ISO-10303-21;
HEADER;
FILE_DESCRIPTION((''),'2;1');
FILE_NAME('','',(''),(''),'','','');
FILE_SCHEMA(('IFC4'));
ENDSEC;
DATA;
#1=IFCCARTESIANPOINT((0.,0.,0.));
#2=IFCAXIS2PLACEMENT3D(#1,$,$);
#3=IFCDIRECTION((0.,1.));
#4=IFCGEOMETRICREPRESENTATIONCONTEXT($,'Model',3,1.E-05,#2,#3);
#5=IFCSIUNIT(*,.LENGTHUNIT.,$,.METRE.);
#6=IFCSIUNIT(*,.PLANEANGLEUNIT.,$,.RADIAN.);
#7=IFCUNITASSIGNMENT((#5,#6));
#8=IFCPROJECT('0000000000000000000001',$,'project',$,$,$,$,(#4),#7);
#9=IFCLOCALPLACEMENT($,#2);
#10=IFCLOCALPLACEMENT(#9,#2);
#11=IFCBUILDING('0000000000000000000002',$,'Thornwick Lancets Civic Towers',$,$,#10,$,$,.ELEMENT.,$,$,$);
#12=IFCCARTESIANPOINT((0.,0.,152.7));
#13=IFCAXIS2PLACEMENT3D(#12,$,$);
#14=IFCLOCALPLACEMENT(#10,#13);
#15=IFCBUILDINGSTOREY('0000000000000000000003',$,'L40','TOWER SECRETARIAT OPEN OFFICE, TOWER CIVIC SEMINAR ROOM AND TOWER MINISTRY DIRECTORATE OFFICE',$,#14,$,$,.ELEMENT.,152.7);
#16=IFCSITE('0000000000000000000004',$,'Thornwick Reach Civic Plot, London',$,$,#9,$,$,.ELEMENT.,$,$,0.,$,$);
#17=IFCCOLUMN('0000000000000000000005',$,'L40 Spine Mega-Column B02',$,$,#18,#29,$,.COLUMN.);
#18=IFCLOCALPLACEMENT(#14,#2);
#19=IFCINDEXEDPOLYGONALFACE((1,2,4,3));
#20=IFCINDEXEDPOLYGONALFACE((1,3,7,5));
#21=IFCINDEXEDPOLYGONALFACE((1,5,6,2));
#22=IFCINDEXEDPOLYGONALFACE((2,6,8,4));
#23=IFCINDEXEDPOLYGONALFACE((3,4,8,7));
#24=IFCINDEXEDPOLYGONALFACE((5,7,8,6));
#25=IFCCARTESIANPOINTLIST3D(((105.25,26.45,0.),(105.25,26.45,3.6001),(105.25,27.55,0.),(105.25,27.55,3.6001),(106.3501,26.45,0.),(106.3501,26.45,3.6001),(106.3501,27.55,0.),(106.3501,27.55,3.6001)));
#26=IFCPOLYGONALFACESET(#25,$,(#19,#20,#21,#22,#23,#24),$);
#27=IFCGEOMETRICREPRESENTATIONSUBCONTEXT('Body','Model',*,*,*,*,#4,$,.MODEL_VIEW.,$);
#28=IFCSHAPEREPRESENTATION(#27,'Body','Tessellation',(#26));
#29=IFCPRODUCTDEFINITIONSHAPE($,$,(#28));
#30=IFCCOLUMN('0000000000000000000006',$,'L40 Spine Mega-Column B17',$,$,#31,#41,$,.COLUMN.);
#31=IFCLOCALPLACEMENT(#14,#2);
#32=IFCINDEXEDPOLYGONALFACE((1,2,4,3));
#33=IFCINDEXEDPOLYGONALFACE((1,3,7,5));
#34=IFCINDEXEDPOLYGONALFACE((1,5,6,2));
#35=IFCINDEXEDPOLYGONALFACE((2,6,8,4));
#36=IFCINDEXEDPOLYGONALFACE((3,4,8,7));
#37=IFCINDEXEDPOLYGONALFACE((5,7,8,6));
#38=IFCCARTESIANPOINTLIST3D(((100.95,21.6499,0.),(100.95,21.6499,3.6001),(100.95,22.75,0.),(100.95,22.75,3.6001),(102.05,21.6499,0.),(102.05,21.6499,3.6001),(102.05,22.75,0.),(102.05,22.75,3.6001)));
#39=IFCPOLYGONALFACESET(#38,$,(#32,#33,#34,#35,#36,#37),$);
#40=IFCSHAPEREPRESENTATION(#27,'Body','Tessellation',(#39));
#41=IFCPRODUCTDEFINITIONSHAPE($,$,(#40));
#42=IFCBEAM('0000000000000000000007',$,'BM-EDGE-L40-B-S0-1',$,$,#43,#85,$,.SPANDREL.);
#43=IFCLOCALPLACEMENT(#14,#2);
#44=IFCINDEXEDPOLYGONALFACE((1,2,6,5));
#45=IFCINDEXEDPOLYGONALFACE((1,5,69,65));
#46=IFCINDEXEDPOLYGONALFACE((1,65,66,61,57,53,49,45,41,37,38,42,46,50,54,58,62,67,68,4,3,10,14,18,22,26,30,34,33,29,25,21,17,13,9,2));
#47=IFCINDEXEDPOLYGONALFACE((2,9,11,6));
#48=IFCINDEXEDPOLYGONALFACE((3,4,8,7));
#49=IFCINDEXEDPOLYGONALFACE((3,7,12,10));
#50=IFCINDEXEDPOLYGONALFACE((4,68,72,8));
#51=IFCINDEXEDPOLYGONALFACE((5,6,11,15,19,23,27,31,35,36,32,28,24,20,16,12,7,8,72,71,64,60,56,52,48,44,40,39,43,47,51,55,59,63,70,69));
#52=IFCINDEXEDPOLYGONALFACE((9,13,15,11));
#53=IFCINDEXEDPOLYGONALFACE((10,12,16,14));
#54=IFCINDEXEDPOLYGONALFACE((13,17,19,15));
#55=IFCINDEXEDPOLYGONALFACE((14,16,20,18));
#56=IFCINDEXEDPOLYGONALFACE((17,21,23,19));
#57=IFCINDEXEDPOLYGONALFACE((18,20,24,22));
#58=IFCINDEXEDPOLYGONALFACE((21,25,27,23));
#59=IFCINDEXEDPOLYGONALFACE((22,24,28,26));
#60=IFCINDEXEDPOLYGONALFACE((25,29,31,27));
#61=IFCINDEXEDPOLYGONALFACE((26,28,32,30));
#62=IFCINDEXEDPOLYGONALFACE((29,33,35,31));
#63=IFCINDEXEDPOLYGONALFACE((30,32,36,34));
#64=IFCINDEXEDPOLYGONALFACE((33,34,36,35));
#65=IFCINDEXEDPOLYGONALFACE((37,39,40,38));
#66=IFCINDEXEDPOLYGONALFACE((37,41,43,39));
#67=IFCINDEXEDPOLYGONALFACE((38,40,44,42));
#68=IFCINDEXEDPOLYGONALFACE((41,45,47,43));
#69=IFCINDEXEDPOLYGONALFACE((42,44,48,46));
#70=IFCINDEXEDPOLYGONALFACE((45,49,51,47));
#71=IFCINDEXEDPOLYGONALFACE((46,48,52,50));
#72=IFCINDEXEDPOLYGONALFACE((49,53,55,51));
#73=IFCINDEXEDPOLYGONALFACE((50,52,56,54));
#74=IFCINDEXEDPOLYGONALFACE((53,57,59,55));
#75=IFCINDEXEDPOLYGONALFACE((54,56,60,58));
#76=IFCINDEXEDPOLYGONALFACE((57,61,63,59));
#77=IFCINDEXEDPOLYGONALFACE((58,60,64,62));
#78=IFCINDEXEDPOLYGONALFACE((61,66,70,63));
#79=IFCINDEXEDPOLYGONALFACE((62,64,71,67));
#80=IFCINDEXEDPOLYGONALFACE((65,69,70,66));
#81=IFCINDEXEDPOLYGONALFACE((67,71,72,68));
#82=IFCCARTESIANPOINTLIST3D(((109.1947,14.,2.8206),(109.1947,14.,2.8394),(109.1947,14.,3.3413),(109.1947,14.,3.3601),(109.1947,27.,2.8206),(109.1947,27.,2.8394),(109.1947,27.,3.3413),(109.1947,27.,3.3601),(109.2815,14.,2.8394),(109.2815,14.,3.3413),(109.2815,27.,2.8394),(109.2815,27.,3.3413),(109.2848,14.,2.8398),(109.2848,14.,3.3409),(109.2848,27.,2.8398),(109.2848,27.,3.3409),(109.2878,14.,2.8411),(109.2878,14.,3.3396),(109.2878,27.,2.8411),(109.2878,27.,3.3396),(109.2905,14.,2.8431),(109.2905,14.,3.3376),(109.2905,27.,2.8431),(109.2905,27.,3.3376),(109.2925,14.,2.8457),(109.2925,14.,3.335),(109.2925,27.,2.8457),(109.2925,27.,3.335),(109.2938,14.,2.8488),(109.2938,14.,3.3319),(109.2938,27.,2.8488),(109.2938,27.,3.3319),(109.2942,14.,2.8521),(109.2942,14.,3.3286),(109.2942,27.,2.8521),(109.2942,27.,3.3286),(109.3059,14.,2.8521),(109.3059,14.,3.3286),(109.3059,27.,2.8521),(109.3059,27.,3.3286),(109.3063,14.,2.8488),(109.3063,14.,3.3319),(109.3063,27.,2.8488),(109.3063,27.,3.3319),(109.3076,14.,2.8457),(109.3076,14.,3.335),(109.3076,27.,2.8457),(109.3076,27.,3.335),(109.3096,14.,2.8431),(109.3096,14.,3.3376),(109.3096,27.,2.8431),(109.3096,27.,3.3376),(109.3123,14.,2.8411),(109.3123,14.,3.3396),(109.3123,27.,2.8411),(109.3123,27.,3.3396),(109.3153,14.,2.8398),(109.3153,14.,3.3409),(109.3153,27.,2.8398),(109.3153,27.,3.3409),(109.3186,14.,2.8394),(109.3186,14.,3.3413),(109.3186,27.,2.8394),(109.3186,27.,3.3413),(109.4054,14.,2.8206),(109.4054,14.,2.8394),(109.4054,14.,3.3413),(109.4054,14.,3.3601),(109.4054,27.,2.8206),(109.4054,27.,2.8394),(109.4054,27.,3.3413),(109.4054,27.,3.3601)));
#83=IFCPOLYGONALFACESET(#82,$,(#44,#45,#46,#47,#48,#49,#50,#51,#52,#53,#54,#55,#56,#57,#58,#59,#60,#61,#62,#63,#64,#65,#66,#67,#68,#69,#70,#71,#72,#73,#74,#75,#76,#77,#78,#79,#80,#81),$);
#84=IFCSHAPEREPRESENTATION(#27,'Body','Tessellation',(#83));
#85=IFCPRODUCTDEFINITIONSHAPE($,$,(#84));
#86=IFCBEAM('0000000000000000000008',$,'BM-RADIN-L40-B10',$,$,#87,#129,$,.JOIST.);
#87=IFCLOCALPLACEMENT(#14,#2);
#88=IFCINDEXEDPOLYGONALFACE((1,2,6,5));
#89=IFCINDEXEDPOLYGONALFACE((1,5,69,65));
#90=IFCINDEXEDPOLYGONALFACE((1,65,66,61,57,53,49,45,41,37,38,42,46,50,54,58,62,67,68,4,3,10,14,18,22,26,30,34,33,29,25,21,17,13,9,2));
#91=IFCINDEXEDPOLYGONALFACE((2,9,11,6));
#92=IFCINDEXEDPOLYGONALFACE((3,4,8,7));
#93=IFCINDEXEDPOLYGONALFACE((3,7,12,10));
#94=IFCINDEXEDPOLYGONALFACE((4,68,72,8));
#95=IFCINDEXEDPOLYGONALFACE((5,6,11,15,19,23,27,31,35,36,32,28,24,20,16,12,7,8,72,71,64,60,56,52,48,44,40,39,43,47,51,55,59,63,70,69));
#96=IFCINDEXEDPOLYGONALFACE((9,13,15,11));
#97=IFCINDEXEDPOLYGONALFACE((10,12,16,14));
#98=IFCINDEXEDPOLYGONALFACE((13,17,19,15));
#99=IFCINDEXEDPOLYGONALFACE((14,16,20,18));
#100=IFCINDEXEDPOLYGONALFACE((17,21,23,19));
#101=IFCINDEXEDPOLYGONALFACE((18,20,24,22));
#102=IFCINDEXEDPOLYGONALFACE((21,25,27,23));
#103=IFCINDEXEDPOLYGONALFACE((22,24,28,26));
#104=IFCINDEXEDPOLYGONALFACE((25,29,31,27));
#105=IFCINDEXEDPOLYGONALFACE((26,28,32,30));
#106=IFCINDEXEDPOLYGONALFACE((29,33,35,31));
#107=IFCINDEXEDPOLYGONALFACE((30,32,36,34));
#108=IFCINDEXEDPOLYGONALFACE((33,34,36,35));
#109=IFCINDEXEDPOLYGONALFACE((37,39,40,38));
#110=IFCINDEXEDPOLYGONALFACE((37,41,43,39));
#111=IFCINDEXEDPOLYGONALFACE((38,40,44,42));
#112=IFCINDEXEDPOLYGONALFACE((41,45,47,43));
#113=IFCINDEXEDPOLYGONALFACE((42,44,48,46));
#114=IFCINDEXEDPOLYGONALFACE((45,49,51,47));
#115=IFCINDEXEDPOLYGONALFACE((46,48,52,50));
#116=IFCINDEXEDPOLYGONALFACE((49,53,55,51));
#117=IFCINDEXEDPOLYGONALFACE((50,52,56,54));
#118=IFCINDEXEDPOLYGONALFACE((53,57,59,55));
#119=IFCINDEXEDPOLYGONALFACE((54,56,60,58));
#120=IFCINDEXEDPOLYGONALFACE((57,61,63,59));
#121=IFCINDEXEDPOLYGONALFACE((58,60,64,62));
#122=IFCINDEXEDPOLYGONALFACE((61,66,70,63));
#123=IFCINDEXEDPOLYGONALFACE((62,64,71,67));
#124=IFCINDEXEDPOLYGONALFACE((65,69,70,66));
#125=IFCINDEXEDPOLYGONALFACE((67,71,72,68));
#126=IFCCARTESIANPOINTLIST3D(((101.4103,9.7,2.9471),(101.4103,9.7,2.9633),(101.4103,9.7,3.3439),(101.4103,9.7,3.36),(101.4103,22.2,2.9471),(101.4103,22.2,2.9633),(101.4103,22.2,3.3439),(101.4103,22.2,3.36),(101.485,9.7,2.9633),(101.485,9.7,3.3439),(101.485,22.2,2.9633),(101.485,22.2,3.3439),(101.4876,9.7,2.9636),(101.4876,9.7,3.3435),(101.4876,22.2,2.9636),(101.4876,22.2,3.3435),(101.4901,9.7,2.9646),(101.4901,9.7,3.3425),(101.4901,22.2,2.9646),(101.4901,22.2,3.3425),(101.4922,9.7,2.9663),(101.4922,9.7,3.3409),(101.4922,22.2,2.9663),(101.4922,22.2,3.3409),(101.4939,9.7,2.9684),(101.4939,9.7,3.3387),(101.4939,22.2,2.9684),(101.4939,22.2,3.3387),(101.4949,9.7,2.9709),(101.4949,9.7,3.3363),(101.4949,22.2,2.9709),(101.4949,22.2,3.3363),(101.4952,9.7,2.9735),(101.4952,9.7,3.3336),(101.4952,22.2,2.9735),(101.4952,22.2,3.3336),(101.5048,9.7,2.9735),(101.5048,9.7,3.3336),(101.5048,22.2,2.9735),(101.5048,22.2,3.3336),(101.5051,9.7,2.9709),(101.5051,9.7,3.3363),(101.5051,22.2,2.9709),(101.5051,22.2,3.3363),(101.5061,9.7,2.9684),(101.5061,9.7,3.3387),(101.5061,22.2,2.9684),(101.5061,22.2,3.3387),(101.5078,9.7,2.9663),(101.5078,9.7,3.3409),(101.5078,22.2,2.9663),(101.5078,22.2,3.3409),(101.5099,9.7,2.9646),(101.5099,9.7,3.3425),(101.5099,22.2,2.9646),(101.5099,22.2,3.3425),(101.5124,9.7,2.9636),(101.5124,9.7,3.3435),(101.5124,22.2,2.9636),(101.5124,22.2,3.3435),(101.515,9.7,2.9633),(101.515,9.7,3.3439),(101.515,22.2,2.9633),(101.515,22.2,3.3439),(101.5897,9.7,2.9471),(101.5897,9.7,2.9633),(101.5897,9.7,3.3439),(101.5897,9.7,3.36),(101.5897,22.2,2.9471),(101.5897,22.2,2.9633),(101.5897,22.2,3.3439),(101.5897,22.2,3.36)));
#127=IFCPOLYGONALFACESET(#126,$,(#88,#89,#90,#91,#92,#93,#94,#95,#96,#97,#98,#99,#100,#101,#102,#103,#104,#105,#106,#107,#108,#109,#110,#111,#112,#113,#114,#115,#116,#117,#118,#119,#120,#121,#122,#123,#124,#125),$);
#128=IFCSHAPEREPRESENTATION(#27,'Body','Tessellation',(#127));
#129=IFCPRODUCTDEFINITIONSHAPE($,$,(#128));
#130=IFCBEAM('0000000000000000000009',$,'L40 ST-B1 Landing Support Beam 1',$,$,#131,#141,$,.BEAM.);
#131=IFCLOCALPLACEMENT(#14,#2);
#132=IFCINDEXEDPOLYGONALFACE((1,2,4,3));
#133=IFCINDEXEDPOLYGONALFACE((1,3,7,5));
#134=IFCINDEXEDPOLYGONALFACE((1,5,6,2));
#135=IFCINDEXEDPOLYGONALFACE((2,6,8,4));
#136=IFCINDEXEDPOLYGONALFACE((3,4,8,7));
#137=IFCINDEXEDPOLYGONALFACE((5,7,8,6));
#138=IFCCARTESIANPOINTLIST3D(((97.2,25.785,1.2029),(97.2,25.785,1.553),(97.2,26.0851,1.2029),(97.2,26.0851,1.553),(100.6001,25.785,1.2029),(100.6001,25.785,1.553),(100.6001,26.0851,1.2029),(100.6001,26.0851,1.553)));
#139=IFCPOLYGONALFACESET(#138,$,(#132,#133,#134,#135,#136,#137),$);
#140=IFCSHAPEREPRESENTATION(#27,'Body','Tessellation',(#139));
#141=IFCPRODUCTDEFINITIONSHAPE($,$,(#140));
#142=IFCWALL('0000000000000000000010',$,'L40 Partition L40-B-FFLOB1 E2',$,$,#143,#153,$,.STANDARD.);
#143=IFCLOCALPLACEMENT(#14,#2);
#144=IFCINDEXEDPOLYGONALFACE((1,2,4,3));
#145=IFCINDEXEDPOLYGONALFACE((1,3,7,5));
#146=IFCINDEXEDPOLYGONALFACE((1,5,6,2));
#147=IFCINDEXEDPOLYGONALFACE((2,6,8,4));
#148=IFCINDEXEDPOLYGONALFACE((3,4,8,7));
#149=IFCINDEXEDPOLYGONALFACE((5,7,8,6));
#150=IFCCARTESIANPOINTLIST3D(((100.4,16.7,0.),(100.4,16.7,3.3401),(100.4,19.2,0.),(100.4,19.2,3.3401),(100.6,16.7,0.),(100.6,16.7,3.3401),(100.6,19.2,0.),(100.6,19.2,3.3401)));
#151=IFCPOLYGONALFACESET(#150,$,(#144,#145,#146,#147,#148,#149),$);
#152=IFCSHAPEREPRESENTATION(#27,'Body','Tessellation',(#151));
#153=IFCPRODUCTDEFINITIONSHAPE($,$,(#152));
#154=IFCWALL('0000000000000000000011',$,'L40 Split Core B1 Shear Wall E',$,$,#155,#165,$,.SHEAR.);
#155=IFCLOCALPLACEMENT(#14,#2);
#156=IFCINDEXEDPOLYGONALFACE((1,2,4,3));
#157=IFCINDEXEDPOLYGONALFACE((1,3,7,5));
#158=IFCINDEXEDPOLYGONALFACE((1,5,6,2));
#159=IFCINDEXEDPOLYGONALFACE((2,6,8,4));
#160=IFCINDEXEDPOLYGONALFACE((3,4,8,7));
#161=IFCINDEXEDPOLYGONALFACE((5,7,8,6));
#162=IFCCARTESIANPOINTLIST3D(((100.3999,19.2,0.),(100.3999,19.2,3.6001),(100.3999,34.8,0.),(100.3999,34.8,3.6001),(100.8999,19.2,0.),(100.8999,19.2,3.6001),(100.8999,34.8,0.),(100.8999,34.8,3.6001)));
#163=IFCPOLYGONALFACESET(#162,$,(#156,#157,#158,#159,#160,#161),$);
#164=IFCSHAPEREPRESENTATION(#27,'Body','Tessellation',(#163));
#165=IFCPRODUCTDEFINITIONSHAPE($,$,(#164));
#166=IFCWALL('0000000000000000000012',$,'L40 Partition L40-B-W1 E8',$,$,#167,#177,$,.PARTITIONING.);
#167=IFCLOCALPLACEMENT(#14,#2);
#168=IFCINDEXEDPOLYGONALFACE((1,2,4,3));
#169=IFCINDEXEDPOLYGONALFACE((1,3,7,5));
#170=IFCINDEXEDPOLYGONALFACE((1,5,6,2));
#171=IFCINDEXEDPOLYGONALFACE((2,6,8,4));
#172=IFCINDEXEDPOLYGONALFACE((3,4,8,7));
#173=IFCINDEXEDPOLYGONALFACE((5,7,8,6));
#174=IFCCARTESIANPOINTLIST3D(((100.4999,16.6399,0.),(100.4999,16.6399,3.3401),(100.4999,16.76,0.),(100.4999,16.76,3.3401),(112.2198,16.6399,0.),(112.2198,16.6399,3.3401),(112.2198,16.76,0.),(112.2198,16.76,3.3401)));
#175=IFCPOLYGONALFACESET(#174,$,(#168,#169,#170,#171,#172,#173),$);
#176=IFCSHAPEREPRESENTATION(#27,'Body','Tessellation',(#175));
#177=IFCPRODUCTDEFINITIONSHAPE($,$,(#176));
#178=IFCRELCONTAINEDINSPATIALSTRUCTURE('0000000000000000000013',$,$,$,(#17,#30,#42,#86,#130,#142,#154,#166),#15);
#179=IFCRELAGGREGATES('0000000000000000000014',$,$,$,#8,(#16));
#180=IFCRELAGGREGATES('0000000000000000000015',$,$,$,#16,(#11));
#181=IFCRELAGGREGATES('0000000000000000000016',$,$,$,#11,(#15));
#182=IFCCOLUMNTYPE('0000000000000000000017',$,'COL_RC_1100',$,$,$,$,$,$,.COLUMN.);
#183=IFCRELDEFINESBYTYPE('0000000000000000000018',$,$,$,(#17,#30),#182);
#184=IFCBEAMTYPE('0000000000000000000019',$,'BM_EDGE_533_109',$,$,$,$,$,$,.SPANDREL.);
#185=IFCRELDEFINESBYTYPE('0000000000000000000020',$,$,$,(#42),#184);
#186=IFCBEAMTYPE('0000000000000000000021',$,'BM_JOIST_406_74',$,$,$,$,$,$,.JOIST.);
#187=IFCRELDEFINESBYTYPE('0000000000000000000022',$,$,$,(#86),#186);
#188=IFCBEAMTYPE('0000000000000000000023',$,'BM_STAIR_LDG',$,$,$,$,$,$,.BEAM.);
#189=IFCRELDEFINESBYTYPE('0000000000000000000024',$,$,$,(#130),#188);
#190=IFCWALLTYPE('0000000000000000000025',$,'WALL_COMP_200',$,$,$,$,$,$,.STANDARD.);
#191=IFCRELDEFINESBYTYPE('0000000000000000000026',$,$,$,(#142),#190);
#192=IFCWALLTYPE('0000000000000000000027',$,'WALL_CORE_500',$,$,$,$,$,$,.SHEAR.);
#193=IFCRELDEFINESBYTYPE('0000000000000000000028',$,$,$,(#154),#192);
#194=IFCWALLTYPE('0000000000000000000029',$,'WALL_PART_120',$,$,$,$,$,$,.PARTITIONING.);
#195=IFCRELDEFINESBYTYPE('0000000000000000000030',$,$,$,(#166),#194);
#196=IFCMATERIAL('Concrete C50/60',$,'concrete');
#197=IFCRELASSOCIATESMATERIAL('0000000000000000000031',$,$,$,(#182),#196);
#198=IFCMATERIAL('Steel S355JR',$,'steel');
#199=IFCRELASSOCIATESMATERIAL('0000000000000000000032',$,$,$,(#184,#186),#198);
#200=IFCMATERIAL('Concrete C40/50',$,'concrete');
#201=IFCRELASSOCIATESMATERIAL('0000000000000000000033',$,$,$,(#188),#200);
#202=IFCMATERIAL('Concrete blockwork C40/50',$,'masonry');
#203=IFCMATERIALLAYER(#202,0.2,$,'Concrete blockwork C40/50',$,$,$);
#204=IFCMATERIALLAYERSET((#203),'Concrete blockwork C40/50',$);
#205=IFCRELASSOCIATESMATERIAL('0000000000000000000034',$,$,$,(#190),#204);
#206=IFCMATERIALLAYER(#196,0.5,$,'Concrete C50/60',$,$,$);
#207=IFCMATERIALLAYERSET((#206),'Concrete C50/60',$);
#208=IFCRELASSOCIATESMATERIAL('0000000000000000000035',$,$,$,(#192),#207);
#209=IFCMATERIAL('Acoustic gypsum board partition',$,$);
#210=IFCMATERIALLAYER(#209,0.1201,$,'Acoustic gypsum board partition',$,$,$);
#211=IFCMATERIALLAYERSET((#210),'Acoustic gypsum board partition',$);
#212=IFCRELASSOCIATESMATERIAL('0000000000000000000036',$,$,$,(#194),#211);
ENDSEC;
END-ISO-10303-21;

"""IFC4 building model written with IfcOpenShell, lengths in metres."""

from ifc_helpers import new_model, si_unit, direction, frame, frame_2d, origin, origin_2d, place, context, subcontext, project, spatial, rectangle, i_section, extrude, material, layer, layer_set, material_profile, profile_set, type_object, element, save


model = new_model("IFC4")

# Units and contexts
model_context = context("Model", 3, precision=1e-05, world=origin(), true_north=direction((0.0, 1.0)))
body_context = subcontext(model_context, "Body", "Model", "MODEL_VIEW")
ifc_project = project(units=[si_unit("LENGTHUNIT", "METRE"), si_unit("PLANEANGLEUNIT", "RADIAN")], contexts=[model_context])

# Site, building, storey
site_placement = place(None, origin())
site = spatial("IfcSite", under=ifc_project, at=site_placement, Name="Thornwick Reach Civic Plot, London", CompositionType="ELEMENT", RefElevation=0.0)
building_placement = place(site_placement, origin())
building = spatial("IfcBuilding", under=site, at=building_placement, Name="Thornwick Lancets Civic Towers", CompositionType="ELEMENT")
storey_placement = place(building_placement, frame((0.0, 0.0, 152.7)))
storey = spatial("IfcBuildingStorey", under=building, at=storey_placement, Name="L40", Description="TOWER SECRETARIAT OPEN OFFICE, TOWER CIVIC SEMINAR ROOM AND TOWER MINISTRY DIRECTORATE OFFICE", CompositionType="ELEMENT", Elevation=152.7)

# Columns
ifc_material_1 = material(Name="Concrete C50/60", Category="concrete")
ifc_material_profile_1 = material_profile(ifc_material_1, rectangle(XDim=1.1001, YDim=1.1001, at=origin_2d()), Name="RC 1100x1100")
ifc_profile_set_1 = profile_set([ifc_material_profile_1], Name="Concrete C50/60")
column_type = type_object("IfcColumnType", Name="COL_RC_1100", PredefinedType="COLUMN", material=ifc_profile_set_1)
for number, where, z_axis, x_axis, name in (
    (1, (105.8, 27.0, 0.0), (0.0, 0.0, 1.0), (1.0, 0.0, 0.0), "L40 Spine Mega-Column B02"),
    (2, (101.5, 22.2, 0.0), (0.0, 0.0, 1.0), (1.0, 0.0, 0.0), "L40 Spine Mega-Column B17"),
):
    element("IfcColumn", number, at=place(storey_placement, frame(where, z_axis=z_axis, x_axis=x_axis)), inside=storey, type_object=column_type, Name=name, PredefinedType="COLUMN", context=body_context, shape_type="SweptSolid", body=[
        extrude(rectangle(XDim=1.1001, YDim=1.1001, at=origin_2d()), origin(), (0.0, 0.0, 1.0), 3.6001),
    ])

# Beams
ifc_material_2 = material(Name="Steel S355JR", Category="steel")
ifc_material_profile_2 = material_profile(ifc_material_2, i_section(OverallWidth=0.2107, OverallDepth=0.5396, WebThickness=0.0117, FlangeThickness=0.0188, FilletRadius=0.0127, at=origin_2d()), Name="UKB 533x210x109")
ifc_profile_set_2 = profile_set([ifc_material_profile_2], Name="Steel S355JR")
beam_type_1 = type_object("IfcBeamType", Name="BM_EDGE_533_109", PredefinedType="SPANDREL", material=ifc_profile_set_2)
beam_1_placement = place(storey_placement, frame((109.3, 14.0, 3.0903), z_axis=(0.0, 1.0, 0.0), x_axis=(-1.0, 0.0, 0.0)))
element("IfcBeam", 3, at=beam_1_placement, inside=storey, type_object=beam_type_1, Name="BM-EDGE-L40-B-S0-1", PredefinedType="SPANDREL", context=body_context, shape_type="SweptSolid", body=[
    extrude(i_section(OverallWidth=0.2107, OverallDepth=0.5396, WebThickness=0.0117, FlangeThickness=0.0188, FilletRadius=0.0127, at=origin_2d()), origin(), (0.0, 0.0, 1.0), 13.0),
])
ifc_material_profile_3 = material_profile(ifc_material_2, i_section(OverallWidth=0.1794, OverallDepth=0.4128, WebThickness=0.0095, FlangeThickness=0.0161, FilletRadius=0.0103, at=origin_2d()), Name="UKB 406x178x74")
ifc_profile_set_3 = profile_set([ifc_material_profile_3], Name="Steel S355JR")
beam_type_2 = type_object("IfcBeamType", Name="BM_JOIST_406_74", PredefinedType="JOIST", material=ifc_profile_set_3)
beam_2_placement = place(storey_placement, frame((101.5, 22.2, 3.1536), z_axis=(0.0, -1.0, 0.0), x_axis=(1.0, 0.0, 0.0)))
element("IfcBeam", 4, at=beam_2_placement, inside=storey, type_object=beam_type_2, Name="BM-RADIN-L40-B10", PredefinedType="JOIST", context=body_context, shape_type="SweptSolid", body=[
    extrude(i_section(OverallWidth=0.1794, OverallDepth=0.4128, WebThickness=0.0095, FlangeThickness=0.0161, FilletRadius=0.0103, at=origin_2d()), origin(), (0.0, 0.0, 1.0), 12.5),
])
ifc_material_3 = material(Name="Concrete C40/50", Category="concrete")
ifc_material_profile_4 = material_profile(ifc_material_3, rectangle(XDim=0.3, YDim=0.3501, at=origin_2d()), Name="RC 300x350")
ifc_profile_set_4 = profile_set([ifc_material_profile_4], Name="Concrete C40/50")
beam_type_3 = type_object("IfcBeamType", Name="BM_STAIR_LDG", PredefinedType="BEAM", material=ifc_profile_set_4)
beam_3_placement = place(storey_placement, frame((100.6001, 25.9351, 1.3779), z_axis=(-1.0, 0.0, 0.0), x_axis=(0.0, -1.0, 0.0)))
element("IfcBeam", 5, at=beam_3_placement, inside=storey, type_object=beam_type_3, Name="L40 ST-B1 Landing Support Beam 1", PredefinedType="BEAM", context=body_context, shape_type="SweptSolid", body=[
    extrude(rectangle(XDim=0.3, YDim=0.3501, at=origin_2d()), origin(), (0.0, 0.0, 1.0), 3.4001),
])

# Walls
ifc_material_4 = material(Name="Concrete blockwork C40/50", Category="masonry")
ifc_layer_1 = layer(ifc_material_4, 0.2, Name="Concrete blockwork C40/50")
ifc_layer_set_1 = layer_set([ifc_layer_1], Name="Concrete blockwork C40/50")
wall_type_1 = type_object("IfcWallType", Name="WALL_COMP_200", PredefinedType="STANDARD", material=ifc_layer_set_1)
wall_1_placement = place(storey_placement, frame((100.5, 16.7, 0.0), z_axis=(0.0, 0.0, 1.0), x_axis=(0.0, 1.0, 0.0)))
element("IfcWall", 6, at=wall_1_placement, inside=storey, type_object=wall_type_1, Name="L40 Partition L40-B-FFLOB1 E2", PredefinedType="STANDARD", context=body_context, shape_type="SweptSolid", body=[
    extrude(rectangle(XDim=2.5, YDim=0.2, at=frame_2d((1.25, 0.0))), origin(), (0.0, 0.0, 1.0), 3.3401),
])
ifc_layer_2 = layer(ifc_material_1, 0.5, Name="Concrete C50/60")
ifc_layer_set_2 = layer_set([ifc_layer_2], Name="Concrete C50/60")
wall_type_2 = type_object("IfcWallType", Name="WALL_CORE_500", PredefinedType="SHEAR", material=ifc_layer_set_2)
wall_2_placement = place(storey_placement, frame((100.6499, 19.2, 0.0), z_axis=(0.0, 0.0, 1.0), x_axis=(0.0, 1.0, 0.0)))
element("IfcWall", 7, at=wall_2_placement, inside=storey, type_object=wall_type_2, Name="L40 Split Core B1 Shear Wall E", PredefinedType="SHEAR", context=body_context, shape_type="SweptSolid", body=[
    extrude(rectangle(XDim=15.6001, YDim=0.5, at=frame_2d((7.8, 0.0))), origin(), (0.0, 0.0, 1.0), 3.6001),
])
ifc_material_5 = material(Name="Acoustic gypsum board partition")
ifc_layer_3 = layer(ifc_material_5, 0.1201, Name="Acoustic gypsum board partition")
ifc_layer_set_3 = layer_set([ifc_layer_3], Name="Acoustic gypsum board partition")
wall_type_3 = type_object("IfcWallType", Name="WALL_PART_120", PredefinedType="PARTITIONING", material=ifc_layer_set_3)
wall_3_placement = place(storey_placement, frame((100.5, 16.7, 0.0), z_axis=(0.0, 0.0, 1.0), x_axis=(1.0, 0.0, 0.0)))
element("IfcWall", 8, at=wall_3_placement, inside=storey, type_object=wall_type_3, Name="L40 Partition L40-B-W1 E8", PredefinedType="PARTITIONING", context=body_context, shape_type="SweptSolid", body=[
    extrude(rectangle(XDim=11.72, YDim=0.1201, at=frame_2d((5.8599, 0.0))), origin(), (0.0, 0.0, 1.0), 3.3401),
])

save(model, "model.ifc")
